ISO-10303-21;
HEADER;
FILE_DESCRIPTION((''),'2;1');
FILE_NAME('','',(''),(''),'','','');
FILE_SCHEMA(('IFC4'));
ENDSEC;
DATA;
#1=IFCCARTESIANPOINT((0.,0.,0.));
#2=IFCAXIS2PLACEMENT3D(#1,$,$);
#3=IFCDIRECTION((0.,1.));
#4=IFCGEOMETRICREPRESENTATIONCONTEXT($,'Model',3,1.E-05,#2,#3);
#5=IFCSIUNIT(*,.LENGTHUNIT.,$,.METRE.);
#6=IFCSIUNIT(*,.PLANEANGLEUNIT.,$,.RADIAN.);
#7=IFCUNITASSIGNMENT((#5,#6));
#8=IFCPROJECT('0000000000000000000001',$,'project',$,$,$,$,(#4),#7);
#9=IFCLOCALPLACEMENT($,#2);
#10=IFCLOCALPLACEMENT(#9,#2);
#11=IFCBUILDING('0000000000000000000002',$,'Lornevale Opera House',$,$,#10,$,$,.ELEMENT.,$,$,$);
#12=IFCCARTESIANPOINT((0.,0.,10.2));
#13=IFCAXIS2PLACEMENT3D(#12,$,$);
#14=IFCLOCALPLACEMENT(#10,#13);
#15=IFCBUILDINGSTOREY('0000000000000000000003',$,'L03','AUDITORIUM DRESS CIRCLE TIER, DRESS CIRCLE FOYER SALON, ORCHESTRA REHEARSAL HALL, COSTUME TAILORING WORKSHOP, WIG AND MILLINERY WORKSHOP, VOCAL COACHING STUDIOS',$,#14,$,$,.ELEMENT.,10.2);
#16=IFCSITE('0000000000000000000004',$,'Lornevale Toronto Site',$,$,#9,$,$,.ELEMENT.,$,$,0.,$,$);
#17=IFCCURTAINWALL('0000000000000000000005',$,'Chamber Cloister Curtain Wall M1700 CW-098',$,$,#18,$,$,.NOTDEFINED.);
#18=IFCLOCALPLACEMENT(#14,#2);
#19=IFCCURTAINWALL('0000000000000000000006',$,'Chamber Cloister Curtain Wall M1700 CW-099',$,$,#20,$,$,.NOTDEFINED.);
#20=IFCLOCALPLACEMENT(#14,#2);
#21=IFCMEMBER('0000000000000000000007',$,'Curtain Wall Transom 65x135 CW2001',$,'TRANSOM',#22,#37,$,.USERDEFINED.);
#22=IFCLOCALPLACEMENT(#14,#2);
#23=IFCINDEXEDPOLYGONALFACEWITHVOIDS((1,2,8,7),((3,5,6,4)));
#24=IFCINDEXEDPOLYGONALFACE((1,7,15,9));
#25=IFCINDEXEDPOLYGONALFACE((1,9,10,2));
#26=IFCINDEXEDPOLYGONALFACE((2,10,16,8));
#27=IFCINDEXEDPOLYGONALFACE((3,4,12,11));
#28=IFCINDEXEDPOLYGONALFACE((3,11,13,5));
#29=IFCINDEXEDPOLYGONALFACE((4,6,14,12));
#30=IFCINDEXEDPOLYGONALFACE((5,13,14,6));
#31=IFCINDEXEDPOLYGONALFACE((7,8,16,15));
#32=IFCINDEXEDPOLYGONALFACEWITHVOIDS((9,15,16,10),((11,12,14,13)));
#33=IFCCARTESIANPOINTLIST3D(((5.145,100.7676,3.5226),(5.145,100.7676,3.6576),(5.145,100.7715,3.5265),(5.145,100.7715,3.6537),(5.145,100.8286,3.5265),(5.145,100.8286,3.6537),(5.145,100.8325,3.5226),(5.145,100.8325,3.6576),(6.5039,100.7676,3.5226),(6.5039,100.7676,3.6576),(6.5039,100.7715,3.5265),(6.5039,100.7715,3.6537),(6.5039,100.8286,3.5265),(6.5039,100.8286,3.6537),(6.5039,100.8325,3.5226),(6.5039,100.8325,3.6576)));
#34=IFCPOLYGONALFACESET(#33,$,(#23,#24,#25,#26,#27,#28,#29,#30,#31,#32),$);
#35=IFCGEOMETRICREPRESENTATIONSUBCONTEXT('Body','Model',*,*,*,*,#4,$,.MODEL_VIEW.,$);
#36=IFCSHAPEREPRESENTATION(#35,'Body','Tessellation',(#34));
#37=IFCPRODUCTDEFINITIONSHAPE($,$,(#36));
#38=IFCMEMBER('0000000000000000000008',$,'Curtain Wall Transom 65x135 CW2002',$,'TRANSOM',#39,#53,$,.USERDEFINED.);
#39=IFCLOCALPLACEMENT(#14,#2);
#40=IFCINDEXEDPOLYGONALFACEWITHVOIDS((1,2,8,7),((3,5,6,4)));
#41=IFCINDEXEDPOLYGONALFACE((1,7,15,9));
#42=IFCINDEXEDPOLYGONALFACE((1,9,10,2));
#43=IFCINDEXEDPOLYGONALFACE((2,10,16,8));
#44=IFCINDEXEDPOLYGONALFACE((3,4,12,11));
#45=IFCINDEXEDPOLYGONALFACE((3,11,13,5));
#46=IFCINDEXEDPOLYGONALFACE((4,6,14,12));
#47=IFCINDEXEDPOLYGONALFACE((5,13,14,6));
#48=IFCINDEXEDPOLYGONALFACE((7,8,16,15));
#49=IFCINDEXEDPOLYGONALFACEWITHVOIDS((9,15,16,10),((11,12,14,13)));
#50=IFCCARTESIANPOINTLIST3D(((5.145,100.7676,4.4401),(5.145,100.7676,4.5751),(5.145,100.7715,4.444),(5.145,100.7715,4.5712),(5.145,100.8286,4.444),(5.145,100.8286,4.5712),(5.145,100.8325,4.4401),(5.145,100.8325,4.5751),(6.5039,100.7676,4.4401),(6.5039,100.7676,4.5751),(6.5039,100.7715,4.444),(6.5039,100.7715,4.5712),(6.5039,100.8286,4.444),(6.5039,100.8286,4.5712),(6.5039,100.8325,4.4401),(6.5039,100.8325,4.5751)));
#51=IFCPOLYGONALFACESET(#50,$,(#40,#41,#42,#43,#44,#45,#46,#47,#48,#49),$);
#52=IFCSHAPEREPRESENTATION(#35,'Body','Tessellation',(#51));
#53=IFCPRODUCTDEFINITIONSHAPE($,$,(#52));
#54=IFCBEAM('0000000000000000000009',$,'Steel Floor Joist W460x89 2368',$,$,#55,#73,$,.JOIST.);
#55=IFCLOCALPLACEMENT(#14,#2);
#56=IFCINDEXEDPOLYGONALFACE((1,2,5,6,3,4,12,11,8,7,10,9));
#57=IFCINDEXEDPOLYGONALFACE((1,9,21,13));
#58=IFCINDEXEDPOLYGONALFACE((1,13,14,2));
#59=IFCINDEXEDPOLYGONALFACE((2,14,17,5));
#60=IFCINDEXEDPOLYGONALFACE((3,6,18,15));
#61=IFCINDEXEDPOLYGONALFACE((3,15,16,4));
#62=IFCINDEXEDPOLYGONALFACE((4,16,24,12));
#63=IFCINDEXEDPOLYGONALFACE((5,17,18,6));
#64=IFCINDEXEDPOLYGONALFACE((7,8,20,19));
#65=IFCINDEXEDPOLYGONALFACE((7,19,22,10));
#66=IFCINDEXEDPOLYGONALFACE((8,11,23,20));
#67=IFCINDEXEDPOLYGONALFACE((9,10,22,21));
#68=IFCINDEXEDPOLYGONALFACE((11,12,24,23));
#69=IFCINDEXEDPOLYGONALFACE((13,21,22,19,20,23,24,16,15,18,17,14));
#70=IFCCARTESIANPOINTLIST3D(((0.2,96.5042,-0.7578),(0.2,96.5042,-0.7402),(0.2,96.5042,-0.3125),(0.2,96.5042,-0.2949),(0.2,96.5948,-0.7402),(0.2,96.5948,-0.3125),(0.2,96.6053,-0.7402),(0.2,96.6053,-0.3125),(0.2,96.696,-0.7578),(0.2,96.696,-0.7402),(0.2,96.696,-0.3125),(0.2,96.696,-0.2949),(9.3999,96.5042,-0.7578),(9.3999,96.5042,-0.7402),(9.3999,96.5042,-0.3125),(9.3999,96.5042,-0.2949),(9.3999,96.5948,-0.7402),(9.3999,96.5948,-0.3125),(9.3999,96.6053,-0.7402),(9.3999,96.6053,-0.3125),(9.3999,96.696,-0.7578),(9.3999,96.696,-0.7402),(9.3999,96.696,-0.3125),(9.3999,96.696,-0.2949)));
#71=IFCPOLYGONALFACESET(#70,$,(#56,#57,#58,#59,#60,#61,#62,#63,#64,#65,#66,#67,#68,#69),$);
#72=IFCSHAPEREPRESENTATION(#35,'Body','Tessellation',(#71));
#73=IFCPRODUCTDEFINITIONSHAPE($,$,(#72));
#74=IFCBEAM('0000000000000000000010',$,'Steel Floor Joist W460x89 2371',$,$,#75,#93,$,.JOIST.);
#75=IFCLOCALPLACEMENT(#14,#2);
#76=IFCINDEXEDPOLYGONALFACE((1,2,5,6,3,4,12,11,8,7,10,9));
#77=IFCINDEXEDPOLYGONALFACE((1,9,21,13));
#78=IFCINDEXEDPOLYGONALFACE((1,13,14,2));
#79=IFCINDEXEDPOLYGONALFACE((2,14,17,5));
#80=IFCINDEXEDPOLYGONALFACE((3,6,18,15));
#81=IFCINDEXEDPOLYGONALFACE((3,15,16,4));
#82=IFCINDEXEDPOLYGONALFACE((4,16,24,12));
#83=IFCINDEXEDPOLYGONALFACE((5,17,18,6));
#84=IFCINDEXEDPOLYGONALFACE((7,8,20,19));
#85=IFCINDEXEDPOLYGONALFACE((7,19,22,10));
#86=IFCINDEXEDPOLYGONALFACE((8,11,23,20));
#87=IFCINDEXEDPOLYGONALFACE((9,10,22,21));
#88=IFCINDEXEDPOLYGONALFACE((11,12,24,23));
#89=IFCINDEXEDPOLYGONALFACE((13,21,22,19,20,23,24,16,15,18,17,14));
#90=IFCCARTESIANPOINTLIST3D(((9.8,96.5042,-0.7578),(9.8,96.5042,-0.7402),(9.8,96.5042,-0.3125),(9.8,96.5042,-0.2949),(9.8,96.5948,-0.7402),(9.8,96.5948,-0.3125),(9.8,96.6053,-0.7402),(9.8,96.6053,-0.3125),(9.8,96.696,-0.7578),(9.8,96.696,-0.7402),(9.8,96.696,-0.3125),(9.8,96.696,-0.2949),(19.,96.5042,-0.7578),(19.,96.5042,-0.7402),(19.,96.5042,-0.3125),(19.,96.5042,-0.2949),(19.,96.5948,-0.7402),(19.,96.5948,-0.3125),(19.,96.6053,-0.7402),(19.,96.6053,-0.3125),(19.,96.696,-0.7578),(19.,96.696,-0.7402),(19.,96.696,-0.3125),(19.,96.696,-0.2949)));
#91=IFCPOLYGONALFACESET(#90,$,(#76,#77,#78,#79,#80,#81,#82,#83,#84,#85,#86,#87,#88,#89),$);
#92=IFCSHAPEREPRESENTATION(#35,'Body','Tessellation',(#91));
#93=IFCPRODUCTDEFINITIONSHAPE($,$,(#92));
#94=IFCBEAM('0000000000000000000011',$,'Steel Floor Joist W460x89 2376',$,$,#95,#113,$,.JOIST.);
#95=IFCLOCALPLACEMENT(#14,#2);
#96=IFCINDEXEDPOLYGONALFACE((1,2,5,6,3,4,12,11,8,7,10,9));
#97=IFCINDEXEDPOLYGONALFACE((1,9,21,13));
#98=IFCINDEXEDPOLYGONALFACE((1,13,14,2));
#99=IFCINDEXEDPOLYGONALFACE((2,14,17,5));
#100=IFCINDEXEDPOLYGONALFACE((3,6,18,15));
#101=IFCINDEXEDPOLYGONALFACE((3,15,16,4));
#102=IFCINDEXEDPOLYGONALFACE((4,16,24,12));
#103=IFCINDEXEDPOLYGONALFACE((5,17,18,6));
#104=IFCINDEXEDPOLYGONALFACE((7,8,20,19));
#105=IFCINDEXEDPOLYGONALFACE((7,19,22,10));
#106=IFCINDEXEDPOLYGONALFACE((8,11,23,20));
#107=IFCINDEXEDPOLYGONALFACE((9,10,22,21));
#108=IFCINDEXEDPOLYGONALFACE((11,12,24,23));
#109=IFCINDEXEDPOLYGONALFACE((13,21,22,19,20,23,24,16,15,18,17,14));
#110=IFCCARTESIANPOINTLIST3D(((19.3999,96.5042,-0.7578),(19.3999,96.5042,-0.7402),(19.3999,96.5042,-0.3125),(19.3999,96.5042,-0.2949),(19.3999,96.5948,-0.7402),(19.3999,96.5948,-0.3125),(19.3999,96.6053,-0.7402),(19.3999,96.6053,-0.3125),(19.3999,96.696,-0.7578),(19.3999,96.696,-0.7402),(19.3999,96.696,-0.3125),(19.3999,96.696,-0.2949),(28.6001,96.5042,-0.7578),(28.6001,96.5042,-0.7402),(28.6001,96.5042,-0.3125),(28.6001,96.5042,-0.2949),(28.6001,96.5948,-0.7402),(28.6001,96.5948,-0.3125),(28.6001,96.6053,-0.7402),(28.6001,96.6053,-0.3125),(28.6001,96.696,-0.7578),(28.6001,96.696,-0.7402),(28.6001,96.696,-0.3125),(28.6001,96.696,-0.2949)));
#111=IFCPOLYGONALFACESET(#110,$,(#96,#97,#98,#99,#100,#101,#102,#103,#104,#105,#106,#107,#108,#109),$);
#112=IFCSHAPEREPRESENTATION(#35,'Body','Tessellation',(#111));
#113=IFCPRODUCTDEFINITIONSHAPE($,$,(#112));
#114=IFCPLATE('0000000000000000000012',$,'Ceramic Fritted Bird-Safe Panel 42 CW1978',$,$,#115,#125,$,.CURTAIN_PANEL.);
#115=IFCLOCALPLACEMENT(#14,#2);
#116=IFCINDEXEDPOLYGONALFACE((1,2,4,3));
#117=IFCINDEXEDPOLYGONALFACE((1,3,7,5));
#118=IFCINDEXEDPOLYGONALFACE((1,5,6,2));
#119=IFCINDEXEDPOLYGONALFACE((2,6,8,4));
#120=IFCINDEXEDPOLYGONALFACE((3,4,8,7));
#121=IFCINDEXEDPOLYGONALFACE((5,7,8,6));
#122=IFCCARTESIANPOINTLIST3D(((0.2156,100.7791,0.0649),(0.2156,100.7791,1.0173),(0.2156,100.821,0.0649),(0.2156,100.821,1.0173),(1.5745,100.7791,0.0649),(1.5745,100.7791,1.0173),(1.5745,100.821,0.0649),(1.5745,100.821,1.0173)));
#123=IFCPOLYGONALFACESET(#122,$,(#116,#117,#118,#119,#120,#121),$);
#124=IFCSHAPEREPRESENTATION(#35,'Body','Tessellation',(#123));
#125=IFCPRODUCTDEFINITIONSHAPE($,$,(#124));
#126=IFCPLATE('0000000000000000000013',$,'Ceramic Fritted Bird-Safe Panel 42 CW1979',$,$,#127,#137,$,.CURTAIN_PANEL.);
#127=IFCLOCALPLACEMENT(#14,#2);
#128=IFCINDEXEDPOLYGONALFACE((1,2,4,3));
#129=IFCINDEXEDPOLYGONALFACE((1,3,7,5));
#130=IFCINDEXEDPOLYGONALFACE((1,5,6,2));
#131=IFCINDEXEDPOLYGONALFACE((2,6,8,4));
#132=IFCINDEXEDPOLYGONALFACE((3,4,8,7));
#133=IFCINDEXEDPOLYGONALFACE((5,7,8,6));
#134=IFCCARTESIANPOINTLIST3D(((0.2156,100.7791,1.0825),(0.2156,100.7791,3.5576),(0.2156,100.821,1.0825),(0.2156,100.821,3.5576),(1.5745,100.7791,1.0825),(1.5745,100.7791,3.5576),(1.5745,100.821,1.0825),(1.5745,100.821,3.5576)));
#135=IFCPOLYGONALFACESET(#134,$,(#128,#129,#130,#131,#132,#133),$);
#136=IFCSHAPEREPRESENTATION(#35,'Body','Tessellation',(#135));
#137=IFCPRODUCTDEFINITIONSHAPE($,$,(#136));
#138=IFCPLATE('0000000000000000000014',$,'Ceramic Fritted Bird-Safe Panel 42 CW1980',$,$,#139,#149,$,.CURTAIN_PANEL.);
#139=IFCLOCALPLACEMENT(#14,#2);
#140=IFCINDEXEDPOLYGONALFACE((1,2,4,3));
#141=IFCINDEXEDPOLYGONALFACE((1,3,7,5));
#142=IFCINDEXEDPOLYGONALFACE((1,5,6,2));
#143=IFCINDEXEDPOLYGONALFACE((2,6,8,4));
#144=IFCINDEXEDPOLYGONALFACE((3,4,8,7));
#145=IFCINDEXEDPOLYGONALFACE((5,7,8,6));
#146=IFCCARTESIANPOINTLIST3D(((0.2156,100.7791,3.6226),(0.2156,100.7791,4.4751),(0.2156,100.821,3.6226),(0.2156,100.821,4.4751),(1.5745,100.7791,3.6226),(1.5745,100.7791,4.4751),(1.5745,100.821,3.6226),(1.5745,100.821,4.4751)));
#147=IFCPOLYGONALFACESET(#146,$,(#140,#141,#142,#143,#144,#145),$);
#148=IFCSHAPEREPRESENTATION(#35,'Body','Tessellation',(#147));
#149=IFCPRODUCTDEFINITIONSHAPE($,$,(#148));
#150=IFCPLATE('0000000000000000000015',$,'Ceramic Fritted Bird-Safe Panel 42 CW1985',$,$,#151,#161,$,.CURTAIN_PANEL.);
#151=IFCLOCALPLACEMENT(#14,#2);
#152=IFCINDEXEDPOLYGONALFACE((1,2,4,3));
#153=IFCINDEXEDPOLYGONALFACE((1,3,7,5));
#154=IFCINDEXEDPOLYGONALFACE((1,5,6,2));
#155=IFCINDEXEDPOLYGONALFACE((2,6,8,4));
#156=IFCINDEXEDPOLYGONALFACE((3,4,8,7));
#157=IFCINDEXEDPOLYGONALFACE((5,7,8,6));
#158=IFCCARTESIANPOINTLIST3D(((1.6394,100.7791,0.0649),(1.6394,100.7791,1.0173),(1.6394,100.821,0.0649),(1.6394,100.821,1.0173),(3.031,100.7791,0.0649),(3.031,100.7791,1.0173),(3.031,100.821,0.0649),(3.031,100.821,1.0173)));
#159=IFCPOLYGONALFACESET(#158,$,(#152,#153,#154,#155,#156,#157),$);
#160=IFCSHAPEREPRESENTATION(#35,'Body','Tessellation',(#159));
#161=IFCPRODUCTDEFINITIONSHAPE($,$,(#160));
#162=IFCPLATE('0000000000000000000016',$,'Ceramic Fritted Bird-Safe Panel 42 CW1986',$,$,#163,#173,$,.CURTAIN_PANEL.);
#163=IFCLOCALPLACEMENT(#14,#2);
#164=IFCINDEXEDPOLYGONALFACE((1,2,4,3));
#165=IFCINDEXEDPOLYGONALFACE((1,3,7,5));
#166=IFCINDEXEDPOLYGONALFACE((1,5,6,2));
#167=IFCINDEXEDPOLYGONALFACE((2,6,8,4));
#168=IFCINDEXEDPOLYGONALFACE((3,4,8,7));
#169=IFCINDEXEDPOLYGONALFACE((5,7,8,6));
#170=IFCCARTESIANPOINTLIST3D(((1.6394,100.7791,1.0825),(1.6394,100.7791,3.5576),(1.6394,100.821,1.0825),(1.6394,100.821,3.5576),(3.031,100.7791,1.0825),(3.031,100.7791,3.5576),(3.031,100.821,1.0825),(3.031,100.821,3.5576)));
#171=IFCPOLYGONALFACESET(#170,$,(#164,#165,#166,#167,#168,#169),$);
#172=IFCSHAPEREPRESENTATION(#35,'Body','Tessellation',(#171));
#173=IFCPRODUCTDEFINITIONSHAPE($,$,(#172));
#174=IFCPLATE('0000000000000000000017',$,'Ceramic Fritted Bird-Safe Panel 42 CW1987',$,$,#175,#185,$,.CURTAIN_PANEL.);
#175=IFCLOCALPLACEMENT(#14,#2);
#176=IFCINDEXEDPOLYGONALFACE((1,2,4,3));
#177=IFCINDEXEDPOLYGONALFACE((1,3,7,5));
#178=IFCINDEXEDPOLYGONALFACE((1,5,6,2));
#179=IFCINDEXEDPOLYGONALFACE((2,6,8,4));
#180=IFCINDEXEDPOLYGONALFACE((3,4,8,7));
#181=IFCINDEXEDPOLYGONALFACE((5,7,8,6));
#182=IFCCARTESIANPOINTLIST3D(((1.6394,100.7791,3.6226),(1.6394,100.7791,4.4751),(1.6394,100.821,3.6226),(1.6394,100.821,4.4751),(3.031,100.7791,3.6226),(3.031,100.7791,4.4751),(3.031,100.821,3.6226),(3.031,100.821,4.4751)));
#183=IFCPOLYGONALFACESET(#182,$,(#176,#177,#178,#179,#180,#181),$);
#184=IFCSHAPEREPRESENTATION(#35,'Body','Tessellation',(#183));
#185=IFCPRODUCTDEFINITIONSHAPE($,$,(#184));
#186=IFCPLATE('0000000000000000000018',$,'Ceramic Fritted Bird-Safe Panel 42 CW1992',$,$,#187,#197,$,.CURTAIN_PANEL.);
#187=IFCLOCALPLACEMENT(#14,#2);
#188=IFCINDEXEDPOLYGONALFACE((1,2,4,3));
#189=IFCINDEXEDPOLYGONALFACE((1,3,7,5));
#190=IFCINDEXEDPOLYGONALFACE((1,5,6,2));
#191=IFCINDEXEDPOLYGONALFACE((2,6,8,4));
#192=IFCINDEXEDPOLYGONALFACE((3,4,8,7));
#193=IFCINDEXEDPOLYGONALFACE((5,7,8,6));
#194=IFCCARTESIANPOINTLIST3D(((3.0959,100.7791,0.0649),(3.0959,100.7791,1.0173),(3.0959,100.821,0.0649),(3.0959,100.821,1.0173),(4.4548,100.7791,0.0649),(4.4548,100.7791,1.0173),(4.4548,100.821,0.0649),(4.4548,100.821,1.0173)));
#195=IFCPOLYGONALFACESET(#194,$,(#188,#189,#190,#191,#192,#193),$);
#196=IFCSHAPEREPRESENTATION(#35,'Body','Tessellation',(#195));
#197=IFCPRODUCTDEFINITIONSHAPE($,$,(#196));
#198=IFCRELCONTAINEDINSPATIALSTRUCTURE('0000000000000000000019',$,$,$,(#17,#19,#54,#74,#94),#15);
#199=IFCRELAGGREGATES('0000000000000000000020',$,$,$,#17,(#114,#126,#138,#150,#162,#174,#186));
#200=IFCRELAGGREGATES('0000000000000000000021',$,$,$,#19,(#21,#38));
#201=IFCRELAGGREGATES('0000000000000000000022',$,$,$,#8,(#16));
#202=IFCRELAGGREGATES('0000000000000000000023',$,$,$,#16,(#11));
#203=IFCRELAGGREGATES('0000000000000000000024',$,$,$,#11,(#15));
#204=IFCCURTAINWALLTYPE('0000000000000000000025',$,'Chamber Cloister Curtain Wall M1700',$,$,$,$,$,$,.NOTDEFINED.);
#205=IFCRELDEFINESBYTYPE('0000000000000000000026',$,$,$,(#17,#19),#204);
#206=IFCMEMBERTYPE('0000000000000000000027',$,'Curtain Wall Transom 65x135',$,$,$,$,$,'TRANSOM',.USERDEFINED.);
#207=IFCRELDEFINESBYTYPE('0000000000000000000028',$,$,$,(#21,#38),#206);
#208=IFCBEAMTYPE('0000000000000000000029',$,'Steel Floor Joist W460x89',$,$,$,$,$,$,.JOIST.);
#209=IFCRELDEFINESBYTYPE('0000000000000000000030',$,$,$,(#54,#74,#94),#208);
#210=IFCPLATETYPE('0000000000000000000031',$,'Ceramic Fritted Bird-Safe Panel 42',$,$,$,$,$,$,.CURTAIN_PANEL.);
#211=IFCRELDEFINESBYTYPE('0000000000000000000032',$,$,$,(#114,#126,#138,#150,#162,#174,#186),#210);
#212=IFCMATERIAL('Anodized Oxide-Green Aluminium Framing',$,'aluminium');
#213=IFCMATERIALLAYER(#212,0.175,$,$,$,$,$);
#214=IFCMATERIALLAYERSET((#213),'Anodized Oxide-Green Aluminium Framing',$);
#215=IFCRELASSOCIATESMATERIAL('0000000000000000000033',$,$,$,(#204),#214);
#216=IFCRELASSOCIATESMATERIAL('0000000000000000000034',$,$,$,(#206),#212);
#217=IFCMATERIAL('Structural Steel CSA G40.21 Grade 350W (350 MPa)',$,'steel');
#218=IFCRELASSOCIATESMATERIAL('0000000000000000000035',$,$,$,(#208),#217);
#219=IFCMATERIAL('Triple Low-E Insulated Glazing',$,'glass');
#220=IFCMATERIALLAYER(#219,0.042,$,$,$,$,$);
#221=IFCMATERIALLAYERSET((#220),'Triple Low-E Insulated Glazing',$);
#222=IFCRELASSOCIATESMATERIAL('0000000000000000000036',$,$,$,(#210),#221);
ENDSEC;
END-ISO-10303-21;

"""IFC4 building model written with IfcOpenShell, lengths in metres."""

from ifc_helpers import new_model, si_unit, direction, frame, origin, origin_2d, place, context, subcontext, project, spatial, rectangle, hollow_rectangle, i_section, extrude, material, layer, layer_set, material_profile, profile_set, type_object, element, aggregate, save


model = new_model("IFC4")

# Units and contexts
model_context = context("Model", 3, precision=1e-05, world=origin(), true_north=direction((0.0, 1.0)))
body_context = subcontext(model_context, "Body", "Model", "MODEL_VIEW")
ifc_project = project(units=[si_unit("LENGTHUNIT", "METRE"), si_unit("PLANEANGLEUNIT", "RADIAN")], contexts=[model_context])

# Site, building, storey
site_placement = place(None, origin())
site = spatial("IfcSite", under=ifc_project, at=site_placement, Name="Lornevale Toronto Site", CompositionType="ELEMENT", RefElevation=0.0)
building_placement = place(site_placement, origin())
building = spatial("IfcBuilding", under=site, at=building_placement, Name="Lornevale Opera House", CompositionType="ELEMENT")
storey_placement = place(building_placement, frame((0.0, 0.0, 10.2)))
storey = spatial("IfcBuildingStorey", under=building, at=storey_placement, Name="L03", Description="AUDITORIUM DRESS CIRCLE TIER, DRESS CIRCLE FOYER SALON, ORCHESTRA REHEARSAL HALL, COSTUME TAILORING WORKSHOP, WIG AND MILLINERY WORKSHOP, VOCAL COACHING STUDIOS", CompositionType="ELEMENT", Elevation=10.2)

# Shared definitions
ifc_material_1 = material(Name="Structural Steel CSA G40.21 Grade 350W (350 MPa)", Category="steel")

# Curtain wall
ifc_material_2 = material(Name="Anodized Oxide-Green Aluminium Framing", Category="aluminium")
ifc_layer_1 = layer(ifc_material_2, 0.175)
ifc_layer_set_1 = layer_set([ifc_layer_1], Name="Anodized Oxide-Green Aluminium Framing")
curtain_wall_type = type_object("IfcCurtainWallType", Name="Chamber Cloister Curtain Wall M1700", PredefinedType="NOTDEFINED", material=ifc_layer_set_1)
curtain_wall_1_placement = place(storey_placement, origin())
curtain_wall_1 = element("IfcCurtainWall", 1, at=curtain_wall_1_placement, inside=storey, type_object=curtain_wall_type, Name="Chamber Cloister Curtain Wall M1700 CW-098", PredefinedType="NOTDEFINED")

# Curtain wall
curtain_wall_2_placement = place(storey_placement, origin())
curtain_wall_2 = element("IfcCurtainWall", 2, at=curtain_wall_2_placement, inside=storey, type_object=curtain_wall_type, Name="Chamber Cloister Curtain Wall M1700 CW-099", PredefinedType="NOTDEFINED")

# Members
ifc_material_profile_1 = material_profile(ifc_material_2, hollow_rectangle(XDim=0.0649, YDim=0.135, WallThickness=0.0039, at=origin_2d()), Name="ALU65x135x4")
ifc_profile_set_1 = profile_set([ifc_material_profile_1], Name="Anodized Oxide-Green Aluminium Framing")
member_type_1 = type_object("IfcMemberType", Name="Curtain Wall Transom 65x135", ElementType="TRANSOM", PredefinedType="USERDEFINED", material=ifc_profile_set_1)
member_1_placement = place(storey_placement, frame((5.145, 100.8, 3.5901), z_axis=(1.0, 0.0, 0.0), x_axis=(0.0, 1.0, 0.0)))
member_1 = element("IfcMember", 3, at=member_1_placement, type_object=member_type_1, Name="Curtain Wall Transom 65x135 CW2001", ObjectType="TRANSOM", PredefinedType="USERDEFINED", context=body_context, shape_type="SweptSolid", body=[
    extrude(hollow_rectangle(XDim=0.0649, YDim=0.135, WallThickness=0.0039, at=origin_2d()), origin(), (0.0, 0.0, 1.0), 1.3589),
])
member_2_placement = place(storey_placement, frame((5.145, 100.8, 4.5076), z_axis=(1.0, 0.0, 0.0), x_axis=(0.0, 1.0, 0.0)))
member_2 = element("IfcMember", 4, at=member_2_placement, type_object=member_type_1, Name="Curtain Wall Transom 65x135 CW2002", ObjectType="TRANSOM", PredefinedType="USERDEFINED", context=body_context, shape_type="SweptSolid", body=[
    extrude(hollow_rectangle(XDim=0.0649, YDim=0.135, WallThickness=0.0039, at=origin_2d()), origin(), (0.0, 0.0, 1.0), 1.3589),
])

# Beams
ifc_material_profile_2 = material_profile(ifc_material_1, i_section(OverallWidth=0.1919, OverallDepth=0.4629, WebThickness=0.0105, FlangeThickness=0.0176, at=origin_2d()), Name="W460x89")
ifc_profile_set_2 = profile_set([ifc_material_profile_2], Name="Structural Steel CSA G40.21 Grade 350W (350 MPa)")
beam_type_1 = type_object("IfcBeamType", Name="Steel Floor Joist W460x89", PredefinedType="JOIST", material=ifc_profile_set_2)
for number, where, z_axis, x_axis, name in (
    (5, (0.2, 96.6001, -0.5264), (1.0, 0.0, 0.0), (0.0, 1.0, 0.0), "Steel Floor Joist W460x89 2368"),
    (6, (9.8, 96.6001, -0.5264), (1.0, 0.0, 0.0), (0.0, 1.0, 0.0), "Steel Floor Joist W460x89 2371"),
):
    element("IfcBeam", number, at=place(storey_placement, frame(where, z_axis=z_axis, x_axis=x_axis)), inside=storey, type_object=beam_type_1, Name=name, PredefinedType="JOIST", context=body_context, shape_type="SweptSolid", body=[
        extrude(i_section(OverallWidth=0.1919, OverallDepth=0.4629, WebThickness=0.0105, FlangeThickness=0.0176, at=origin_2d()), origin(), (0.0, 0.0, 1.0), 9.2),
    ])
beam_1_placement = place(storey_placement, frame((19.3999, 96.6001, -0.5264), z_axis=(1.0, 0.0, 0.0), x_axis=(0.0, 1.0, 0.0)))
element("IfcBeam", 7, at=beam_1_placement, inside=storey, type_object=beam_type_1, Name="Steel Floor Joist W460x89 2376", PredefinedType="JOIST", context=body_context, shape_type="SweptSolid", body=[
    extrude(i_section(OverallWidth=0.1919, OverallDepth=0.4629, WebThickness=0.0105, FlangeThickness=0.0176, at=origin_2d()), origin(), (0.0, 0.0, 1.0), 9.2002),
])

# Plates
ifc_material_3 = material(Name="Triple Low-E Insulated Glazing", Category="glass")
ifc_layer_2 = layer(ifc_material_3, 0.042)
ifc_layer_set_2 = layer_set([ifc_layer_2], Name="Triple Low-E Insulated Glazing")
plate_type = type_object("IfcPlateType", Name="Ceramic Fritted Bird-Safe Panel 42", PredefinedType="CURTAIN_PANEL", material=ifc_layer_set_2)
plate_1_placement = place(storey_placement, frame((0.895, 100.8, 0.0649), z_axis=(0.0, 0.0, 1.0), x_axis=(1.0, 0.0, 0.0)))
plate_1 = element("IfcPlate", 8, at=plate_1_placement, type_object=plate_type, Name="Ceramic Fritted Bird-Safe Panel 42 CW1978", PredefinedType="CURTAIN_PANEL", context=body_context, shape_type="SweptSolid", body=[
    extrude(rectangle(XDim=1.3589, YDim=0.042, at=origin_2d()), origin(), (0.0, 0.0, 1.0), 0.9524),
])
plate_2_placement = place(storey_placement, frame((0.895, 100.8, 1.0825), z_axis=(0.0, 0.0, 1.0), x_axis=(1.0, 0.0, 0.0)))
plate_2 = element("IfcPlate", 9, at=plate_2_placement, type_object=plate_type, Name="Ceramic Fritted Bird-Safe Panel 42 CW1979", PredefinedType="CURTAIN_PANEL", context=body_context, shape_type="SweptSolid", body=[
    extrude(rectangle(XDim=1.3589, YDim=0.042, at=origin_2d()), origin(), (0.0, 0.0, 1.0), 2.4751),
])
plate_3_placement = place(storey_placement, frame((0.895, 100.8, 3.6226), z_axis=(0.0, 0.0, 1.0), x_axis=(1.0, 0.0, 0.0)))
plate_3 = element("IfcPlate", 10, at=plate_3_placement, type_object=plate_type, Name="Ceramic Fritted Bird-Safe Panel 42 CW1980", PredefinedType="CURTAIN_PANEL", context=body_context, shape_type="SweptSolid", body=[
    extrude(rectangle(XDim=1.3589, YDim=0.042, at=origin_2d()), origin(), (0.0, 0.0, 1.0), 0.8525),
])
plate_4_placement = place(storey_placement, frame((2.3352, 100.8, 0.0649), z_axis=(0.0, 0.0, 1.0), x_axis=(1.0, 0.0, 0.0)))
plate_4 = element("IfcPlate", 11, at=plate_4_placement, type_object=plate_type, Name="Ceramic Fritted Bird-Safe Panel 42 CW1985", PredefinedType="CURTAIN_PANEL", context=body_context, shape_type="SweptSolid", body=[
    extrude(rectangle(XDim=1.3916, YDim=0.042, at=origin_2d()), origin(), (0.0, 0.0, 1.0), 0.9524),
])
plate_5_placement = place(storey_placement, frame((2.3352, 100.8, 1.0825), z_axis=(0.0, 0.0, 1.0), x_axis=(1.0, 0.0, 0.0)))
plate_5 = element("IfcPlate", 12, at=plate_5_placement, type_object=plate_type, Name="Ceramic Fritted Bird-Safe Panel 42 CW1986", PredefinedType="CURTAIN_PANEL", context=body_context, shape_type="SweptSolid", body=[
    extrude(rectangle(XDim=1.3916, YDim=0.042, at=origin_2d()), origin(), (0.0, 0.0, 1.0), 2.4751),
])
plate_6_placement = place(storey_placement, frame((2.3352, 100.8, 3.6226), z_axis=(0.0, 0.0, 1.0), x_axis=(1.0, 0.0, 0.0)))
plate_6 = element("IfcPlate", 13, at=plate_6_placement, type_object=plate_type, Name="Ceramic Fritted Bird-Safe Panel 42 CW1987", PredefinedType="CURTAIN_PANEL", context=body_context, shape_type="SweptSolid", body=[
    extrude(rectangle(XDim=1.3916, YDim=0.042, at=origin_2d()), origin(), (0.0, 0.0, 1.0), 0.8525),
])
plate_7_placement = place(storey_placement, frame((3.7754, 100.8, 0.0649), z_axis=(0.0, 0.0, 1.0), x_axis=(1.0, 0.0, 0.0)))
plate_7 = element("IfcPlate", 14, at=plate_7_placement, type_object=plate_type, Name="Ceramic Fritted Bird-Safe Panel 42 CW1992", PredefinedType="CURTAIN_PANEL", context=body_context, shape_type="SweptSolid", body=[
    extrude(rectangle(XDim=1.3589, YDim=0.042, at=origin_2d()), origin(), (0.0, 0.0, 1.0), 0.9524),
])
aggregate(curtain_wall_1, [plate_1, plate_2, plate_3, plate_4, plate_5, plate_6, plate_7])
aggregate(curtain_wall_2, [member_1, member_2])

save(model, "model.ifc")
